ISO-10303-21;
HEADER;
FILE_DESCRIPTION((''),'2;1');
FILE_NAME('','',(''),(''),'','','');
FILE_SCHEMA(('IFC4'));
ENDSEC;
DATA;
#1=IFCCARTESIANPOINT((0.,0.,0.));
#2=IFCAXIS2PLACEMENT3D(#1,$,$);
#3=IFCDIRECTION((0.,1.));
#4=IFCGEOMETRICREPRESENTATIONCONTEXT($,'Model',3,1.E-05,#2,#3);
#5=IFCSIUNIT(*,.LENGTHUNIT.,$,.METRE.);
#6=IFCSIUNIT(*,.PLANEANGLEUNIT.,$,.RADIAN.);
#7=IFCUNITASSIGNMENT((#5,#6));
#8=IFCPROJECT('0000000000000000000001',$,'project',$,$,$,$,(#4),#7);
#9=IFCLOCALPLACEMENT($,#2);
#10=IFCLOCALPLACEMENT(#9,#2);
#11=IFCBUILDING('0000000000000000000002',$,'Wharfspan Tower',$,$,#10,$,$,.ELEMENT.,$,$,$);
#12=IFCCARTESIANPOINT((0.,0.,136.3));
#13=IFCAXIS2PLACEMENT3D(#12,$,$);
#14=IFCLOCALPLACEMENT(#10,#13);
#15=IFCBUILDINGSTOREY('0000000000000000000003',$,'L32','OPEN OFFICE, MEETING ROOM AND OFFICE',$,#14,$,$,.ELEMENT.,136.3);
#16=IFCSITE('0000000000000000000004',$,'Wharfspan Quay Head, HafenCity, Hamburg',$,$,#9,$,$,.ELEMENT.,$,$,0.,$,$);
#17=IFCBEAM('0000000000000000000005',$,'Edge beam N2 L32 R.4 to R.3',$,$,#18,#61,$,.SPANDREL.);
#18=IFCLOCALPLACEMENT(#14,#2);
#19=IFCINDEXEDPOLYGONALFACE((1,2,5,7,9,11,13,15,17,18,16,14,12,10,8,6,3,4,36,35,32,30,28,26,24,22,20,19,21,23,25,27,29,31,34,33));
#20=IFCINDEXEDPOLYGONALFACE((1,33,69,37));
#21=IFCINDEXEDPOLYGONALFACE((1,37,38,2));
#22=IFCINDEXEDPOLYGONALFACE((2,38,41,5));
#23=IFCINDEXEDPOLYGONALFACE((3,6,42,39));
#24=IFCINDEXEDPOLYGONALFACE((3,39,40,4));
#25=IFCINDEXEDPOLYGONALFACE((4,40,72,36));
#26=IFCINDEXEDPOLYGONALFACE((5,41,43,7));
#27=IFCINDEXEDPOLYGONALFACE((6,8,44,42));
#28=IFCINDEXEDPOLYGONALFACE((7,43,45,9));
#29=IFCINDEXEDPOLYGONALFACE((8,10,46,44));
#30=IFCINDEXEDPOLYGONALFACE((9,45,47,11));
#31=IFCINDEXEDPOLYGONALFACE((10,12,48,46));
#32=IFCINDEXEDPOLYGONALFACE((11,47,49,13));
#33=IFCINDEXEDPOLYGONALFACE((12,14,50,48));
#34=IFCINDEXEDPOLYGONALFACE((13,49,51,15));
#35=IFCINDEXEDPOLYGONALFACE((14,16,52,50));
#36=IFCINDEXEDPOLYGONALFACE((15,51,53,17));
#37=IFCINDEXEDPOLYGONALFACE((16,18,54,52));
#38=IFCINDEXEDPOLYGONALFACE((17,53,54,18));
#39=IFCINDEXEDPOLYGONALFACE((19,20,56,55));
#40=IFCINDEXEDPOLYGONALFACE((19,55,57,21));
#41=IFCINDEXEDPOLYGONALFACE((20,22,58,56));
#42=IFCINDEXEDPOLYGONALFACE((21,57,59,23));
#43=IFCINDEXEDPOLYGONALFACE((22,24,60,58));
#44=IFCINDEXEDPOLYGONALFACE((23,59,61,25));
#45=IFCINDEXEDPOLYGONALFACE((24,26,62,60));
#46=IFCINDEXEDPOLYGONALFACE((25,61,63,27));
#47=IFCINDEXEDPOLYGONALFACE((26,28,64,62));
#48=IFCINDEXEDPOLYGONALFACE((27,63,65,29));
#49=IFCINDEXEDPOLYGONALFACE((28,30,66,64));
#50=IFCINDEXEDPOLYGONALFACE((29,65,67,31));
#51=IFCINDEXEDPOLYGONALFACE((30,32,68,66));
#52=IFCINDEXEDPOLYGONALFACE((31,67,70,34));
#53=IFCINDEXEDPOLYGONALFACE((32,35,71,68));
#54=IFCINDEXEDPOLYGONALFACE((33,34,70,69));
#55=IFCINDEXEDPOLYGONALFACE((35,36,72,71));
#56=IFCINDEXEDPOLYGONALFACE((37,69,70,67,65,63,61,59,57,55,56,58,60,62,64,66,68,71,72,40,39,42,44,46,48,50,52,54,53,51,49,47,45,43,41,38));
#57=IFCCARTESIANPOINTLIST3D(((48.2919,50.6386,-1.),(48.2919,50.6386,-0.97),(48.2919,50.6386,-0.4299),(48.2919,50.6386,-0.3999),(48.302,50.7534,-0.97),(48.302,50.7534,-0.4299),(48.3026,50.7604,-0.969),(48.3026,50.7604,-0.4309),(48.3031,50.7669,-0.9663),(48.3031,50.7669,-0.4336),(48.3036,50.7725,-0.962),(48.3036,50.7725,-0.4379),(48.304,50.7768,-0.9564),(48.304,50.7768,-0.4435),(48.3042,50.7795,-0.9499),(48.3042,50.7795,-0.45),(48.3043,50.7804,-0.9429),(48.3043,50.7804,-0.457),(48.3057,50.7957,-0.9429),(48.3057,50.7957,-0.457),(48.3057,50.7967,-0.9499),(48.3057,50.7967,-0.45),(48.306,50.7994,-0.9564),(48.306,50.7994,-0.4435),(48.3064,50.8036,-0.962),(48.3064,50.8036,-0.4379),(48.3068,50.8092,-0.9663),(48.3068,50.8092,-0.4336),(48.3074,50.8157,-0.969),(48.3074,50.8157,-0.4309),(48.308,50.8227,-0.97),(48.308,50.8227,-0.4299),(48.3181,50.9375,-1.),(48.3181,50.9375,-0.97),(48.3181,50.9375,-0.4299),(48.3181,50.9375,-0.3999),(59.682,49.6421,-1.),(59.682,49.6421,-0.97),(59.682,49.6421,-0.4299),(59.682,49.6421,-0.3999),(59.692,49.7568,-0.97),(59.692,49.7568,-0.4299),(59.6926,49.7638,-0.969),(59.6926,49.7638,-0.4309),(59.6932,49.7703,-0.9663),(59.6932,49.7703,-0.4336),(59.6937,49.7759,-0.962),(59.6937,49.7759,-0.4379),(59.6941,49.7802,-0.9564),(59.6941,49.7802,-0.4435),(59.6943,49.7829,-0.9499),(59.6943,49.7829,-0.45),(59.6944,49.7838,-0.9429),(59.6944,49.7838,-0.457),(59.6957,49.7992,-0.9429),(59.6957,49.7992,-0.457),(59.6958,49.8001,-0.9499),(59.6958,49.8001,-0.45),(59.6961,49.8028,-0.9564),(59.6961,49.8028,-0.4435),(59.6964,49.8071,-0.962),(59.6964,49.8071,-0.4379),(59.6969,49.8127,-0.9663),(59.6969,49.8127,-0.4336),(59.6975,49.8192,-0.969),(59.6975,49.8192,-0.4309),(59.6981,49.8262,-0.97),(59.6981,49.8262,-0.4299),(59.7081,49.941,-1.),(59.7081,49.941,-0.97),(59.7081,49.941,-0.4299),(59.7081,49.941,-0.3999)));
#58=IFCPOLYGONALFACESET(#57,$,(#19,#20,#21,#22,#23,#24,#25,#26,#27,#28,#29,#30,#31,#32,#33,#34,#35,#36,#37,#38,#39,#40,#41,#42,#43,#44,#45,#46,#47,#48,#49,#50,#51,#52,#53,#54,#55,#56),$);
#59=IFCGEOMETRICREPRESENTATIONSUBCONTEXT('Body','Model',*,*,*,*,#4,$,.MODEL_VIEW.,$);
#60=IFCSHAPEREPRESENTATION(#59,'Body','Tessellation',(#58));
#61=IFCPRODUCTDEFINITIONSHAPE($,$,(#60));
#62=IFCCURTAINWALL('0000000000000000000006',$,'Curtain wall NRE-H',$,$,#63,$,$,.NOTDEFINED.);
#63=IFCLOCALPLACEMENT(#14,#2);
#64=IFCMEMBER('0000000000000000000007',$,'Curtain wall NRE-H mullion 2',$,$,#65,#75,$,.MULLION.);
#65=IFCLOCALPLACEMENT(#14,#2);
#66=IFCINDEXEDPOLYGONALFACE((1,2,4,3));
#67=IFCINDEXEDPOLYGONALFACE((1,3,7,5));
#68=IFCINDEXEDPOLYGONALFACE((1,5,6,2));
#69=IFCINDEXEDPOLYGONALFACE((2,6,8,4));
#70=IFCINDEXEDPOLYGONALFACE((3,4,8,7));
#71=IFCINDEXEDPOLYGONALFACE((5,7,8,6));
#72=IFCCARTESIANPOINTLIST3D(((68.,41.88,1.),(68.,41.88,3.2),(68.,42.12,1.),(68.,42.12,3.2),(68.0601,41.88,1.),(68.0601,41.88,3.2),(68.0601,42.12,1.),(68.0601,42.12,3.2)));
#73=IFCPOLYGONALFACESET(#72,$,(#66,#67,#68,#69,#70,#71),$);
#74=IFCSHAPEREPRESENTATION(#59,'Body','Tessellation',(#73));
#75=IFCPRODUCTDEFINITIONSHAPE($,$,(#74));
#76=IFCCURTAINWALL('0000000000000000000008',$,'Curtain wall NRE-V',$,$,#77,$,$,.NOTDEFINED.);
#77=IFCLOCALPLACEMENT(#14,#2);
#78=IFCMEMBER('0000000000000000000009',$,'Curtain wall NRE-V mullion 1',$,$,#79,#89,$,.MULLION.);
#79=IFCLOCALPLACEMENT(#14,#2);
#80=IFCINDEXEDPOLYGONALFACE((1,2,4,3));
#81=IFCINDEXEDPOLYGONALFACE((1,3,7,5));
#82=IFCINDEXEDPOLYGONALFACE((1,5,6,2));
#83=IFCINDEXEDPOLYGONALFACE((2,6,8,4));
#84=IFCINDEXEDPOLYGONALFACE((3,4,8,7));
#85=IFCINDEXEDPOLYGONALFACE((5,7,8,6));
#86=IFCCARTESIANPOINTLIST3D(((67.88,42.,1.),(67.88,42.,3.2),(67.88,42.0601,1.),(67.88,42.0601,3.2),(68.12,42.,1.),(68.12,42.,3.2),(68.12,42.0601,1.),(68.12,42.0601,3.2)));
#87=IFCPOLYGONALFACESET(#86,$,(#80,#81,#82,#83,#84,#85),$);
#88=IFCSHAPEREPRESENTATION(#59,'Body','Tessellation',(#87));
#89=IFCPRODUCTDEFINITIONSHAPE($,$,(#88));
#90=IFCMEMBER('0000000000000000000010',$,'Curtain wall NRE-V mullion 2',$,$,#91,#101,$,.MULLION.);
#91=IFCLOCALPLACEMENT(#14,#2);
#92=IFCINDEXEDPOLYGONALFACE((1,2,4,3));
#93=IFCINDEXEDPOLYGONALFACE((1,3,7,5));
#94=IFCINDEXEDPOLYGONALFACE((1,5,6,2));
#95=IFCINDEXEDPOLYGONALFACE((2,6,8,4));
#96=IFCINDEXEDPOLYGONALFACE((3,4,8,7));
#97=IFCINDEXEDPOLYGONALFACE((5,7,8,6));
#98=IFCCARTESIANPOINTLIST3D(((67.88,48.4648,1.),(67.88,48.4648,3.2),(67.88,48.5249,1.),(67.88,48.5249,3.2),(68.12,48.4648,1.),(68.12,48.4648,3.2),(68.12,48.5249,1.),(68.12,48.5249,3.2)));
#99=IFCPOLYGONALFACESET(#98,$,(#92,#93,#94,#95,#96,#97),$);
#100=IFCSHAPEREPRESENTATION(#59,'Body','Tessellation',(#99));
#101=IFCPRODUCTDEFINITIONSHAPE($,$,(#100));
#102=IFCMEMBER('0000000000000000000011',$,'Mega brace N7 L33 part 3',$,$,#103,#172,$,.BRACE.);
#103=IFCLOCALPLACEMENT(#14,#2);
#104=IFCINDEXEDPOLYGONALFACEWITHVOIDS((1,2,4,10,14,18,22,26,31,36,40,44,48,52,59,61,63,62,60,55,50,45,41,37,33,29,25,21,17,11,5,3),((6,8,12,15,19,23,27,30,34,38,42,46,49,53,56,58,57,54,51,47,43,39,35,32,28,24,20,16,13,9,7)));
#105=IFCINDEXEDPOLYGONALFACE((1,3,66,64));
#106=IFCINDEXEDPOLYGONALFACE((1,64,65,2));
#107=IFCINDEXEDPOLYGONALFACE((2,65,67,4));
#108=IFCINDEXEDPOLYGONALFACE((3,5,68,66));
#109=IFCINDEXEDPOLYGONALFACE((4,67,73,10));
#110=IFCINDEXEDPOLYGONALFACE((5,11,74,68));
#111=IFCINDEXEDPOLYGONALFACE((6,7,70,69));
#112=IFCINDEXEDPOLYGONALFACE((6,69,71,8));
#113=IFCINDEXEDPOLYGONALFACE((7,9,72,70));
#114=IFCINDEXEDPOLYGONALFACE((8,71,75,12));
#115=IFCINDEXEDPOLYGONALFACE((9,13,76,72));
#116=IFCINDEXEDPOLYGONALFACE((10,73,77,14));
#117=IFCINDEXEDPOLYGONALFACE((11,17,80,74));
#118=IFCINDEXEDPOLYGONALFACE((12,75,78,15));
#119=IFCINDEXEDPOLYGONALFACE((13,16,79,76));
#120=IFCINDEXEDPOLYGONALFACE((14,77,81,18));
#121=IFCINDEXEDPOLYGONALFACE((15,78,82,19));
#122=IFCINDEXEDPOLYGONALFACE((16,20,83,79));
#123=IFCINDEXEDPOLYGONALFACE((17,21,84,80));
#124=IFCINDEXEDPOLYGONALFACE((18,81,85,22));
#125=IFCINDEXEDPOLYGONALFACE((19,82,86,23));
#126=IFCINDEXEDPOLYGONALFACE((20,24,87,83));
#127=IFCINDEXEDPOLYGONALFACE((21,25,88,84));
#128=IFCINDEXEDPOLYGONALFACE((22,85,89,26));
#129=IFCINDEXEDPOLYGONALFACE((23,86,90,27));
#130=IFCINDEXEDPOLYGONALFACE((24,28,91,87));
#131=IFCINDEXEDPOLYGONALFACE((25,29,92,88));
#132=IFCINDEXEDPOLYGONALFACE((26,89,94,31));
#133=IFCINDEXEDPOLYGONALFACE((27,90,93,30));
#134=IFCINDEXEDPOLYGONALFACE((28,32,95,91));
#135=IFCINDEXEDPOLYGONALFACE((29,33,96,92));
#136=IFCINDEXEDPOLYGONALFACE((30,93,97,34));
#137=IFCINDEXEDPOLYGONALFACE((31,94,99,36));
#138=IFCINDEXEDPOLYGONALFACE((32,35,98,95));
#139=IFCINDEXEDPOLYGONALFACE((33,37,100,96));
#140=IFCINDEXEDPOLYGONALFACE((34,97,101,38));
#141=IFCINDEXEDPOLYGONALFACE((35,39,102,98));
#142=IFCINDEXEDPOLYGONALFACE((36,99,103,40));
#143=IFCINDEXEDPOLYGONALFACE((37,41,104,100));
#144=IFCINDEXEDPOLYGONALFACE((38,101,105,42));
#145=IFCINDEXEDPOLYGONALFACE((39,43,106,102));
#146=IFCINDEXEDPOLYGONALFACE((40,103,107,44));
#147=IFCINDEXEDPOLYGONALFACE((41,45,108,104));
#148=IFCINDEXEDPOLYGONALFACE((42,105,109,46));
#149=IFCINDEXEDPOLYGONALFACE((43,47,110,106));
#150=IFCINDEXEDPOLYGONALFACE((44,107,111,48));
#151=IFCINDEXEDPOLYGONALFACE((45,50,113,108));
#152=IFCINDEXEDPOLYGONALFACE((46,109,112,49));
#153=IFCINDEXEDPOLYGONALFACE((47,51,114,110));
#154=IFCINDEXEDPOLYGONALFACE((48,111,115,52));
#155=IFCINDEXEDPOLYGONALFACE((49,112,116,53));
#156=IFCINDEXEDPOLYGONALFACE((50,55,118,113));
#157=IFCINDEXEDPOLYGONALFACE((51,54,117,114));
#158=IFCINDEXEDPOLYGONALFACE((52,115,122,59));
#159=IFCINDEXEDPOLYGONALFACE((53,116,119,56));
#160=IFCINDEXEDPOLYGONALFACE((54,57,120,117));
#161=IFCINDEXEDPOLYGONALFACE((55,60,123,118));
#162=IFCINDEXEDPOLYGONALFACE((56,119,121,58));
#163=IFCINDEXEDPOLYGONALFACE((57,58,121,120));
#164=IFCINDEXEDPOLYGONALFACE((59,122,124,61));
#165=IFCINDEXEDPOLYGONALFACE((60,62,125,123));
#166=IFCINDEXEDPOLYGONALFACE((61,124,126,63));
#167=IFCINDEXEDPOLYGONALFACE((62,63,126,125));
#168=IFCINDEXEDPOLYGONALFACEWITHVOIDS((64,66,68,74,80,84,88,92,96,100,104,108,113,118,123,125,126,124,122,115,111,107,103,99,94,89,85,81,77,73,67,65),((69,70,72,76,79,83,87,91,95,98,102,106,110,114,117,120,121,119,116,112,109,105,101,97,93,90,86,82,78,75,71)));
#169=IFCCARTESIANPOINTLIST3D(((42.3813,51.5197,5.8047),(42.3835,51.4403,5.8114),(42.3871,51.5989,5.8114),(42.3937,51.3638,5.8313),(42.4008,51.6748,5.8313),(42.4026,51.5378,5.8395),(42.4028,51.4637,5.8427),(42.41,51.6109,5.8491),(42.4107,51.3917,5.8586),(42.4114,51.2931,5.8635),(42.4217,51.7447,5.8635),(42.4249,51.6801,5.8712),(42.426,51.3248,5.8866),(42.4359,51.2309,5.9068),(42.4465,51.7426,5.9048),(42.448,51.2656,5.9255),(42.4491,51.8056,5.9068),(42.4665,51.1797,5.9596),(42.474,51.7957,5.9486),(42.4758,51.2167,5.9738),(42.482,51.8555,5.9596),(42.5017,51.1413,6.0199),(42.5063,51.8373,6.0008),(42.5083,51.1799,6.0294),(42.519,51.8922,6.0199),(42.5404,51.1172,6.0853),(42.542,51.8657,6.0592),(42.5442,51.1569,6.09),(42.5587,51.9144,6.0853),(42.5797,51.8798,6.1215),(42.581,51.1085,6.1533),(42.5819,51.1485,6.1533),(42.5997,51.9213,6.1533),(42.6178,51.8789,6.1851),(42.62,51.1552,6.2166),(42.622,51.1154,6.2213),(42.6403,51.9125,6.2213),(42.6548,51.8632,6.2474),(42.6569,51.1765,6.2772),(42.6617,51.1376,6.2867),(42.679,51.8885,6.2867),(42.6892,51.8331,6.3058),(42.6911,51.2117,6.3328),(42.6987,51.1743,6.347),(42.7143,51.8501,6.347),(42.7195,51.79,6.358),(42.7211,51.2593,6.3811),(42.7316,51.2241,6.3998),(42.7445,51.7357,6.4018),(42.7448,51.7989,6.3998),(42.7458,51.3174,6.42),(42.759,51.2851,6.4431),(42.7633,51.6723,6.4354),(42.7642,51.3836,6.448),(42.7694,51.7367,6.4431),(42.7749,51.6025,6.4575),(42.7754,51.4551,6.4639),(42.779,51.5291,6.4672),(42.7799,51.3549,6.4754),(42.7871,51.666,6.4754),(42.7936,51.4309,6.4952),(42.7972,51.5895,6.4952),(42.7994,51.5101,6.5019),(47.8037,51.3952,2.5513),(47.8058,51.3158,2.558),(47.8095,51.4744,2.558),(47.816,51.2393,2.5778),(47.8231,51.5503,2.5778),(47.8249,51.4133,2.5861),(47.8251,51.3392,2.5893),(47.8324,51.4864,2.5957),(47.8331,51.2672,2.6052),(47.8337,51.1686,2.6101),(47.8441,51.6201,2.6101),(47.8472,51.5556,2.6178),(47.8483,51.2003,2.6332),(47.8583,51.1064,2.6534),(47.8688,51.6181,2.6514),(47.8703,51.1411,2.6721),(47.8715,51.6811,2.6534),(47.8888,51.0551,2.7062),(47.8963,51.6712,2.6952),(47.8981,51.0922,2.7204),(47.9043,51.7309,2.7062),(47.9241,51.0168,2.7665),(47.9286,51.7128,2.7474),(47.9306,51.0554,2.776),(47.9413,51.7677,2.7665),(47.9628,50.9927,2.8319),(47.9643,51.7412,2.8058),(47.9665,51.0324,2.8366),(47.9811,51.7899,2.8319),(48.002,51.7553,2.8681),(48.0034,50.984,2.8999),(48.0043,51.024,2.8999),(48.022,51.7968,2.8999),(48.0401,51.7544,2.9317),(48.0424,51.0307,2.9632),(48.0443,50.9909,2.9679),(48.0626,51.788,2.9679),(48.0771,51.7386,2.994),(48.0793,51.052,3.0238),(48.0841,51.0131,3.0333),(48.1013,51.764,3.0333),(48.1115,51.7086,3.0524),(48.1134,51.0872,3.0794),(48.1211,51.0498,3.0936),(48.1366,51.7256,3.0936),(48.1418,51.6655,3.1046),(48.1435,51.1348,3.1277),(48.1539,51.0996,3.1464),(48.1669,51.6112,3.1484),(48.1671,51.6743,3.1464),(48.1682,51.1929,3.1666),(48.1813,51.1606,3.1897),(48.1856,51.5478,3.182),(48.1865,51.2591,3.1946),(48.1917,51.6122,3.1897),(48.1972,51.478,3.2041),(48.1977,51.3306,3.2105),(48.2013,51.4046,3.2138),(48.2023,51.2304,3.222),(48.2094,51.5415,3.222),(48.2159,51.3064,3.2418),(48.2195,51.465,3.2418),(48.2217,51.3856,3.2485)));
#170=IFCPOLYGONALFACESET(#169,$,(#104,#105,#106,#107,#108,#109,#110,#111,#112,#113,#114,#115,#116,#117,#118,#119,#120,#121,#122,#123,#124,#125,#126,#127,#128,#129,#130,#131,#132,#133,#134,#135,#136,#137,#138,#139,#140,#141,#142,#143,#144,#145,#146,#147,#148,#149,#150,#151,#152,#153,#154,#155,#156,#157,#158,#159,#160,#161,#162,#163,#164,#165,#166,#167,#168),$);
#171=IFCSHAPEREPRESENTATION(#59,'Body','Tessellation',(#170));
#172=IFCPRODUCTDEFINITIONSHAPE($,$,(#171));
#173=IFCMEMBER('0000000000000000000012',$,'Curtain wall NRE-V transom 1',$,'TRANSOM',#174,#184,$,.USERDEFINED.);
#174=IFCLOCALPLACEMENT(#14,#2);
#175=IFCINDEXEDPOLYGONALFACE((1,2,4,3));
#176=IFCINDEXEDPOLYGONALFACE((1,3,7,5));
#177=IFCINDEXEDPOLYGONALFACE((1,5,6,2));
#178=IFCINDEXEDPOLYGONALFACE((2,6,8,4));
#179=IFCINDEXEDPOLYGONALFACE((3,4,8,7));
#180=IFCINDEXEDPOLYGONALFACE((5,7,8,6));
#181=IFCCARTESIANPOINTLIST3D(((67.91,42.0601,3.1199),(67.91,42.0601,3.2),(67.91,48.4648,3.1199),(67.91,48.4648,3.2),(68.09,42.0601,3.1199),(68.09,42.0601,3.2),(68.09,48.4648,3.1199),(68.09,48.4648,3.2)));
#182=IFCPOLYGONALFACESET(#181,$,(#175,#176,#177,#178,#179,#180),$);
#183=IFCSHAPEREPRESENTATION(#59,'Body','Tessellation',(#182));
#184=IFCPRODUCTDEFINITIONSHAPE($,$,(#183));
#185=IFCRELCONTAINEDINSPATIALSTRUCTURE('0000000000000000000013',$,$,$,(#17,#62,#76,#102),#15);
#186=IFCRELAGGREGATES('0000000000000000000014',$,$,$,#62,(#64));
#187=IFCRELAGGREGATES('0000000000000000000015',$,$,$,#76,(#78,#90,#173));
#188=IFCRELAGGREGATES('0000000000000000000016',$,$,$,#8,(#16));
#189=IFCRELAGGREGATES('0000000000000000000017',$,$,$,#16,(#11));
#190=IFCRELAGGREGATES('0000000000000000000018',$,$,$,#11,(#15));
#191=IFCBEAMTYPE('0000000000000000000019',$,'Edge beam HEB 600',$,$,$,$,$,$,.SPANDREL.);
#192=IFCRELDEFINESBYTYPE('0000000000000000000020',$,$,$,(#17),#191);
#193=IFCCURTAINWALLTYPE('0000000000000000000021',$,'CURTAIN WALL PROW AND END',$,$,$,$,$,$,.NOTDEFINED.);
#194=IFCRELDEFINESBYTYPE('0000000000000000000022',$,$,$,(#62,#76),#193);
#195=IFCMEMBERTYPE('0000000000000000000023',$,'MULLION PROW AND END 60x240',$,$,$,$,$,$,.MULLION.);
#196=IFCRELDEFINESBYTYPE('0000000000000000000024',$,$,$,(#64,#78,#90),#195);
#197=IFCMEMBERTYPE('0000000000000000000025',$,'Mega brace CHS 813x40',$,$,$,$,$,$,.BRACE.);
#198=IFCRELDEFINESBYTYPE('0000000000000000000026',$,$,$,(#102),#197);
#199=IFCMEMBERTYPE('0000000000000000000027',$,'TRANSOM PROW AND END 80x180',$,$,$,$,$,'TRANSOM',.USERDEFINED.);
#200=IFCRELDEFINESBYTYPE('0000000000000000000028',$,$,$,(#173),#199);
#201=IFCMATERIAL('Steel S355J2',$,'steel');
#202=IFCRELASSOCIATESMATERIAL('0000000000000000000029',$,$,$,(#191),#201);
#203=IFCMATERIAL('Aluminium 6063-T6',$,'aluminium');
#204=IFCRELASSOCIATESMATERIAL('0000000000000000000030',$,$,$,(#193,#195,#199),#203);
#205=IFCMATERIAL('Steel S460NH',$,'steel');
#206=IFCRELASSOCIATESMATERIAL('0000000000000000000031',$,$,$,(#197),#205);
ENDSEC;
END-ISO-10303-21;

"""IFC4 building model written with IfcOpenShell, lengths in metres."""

from ifc_helpers import new_model, si_unit, direction, frame, origin, origin_2d, place, context, subcontext, project, spatial, rectangle, hollow_circle, i_section, extrude, material, material_profile, profile_set, type_object, element, aggregate, save


model = new_model("IFC4")

# Units and contexts
model_context = context("Model", 3, precision=1e-05, world=origin(), true_north=direction((0.0, 1.0)))
body_context = subcontext(model_context, "Body", "Model", "MODEL_VIEW")
ifc_project = project(units=[si_unit("LENGTHUNIT", "METRE"), si_unit("PLANEANGLEUNIT", "RADIAN")], contexts=[model_context])

# Site, building, storey
site_placement = place(None, origin())
site = spatial("IfcSite", under=ifc_project, at=site_placement, Name="Wharfspan Quay Head, HafenCity, Hamburg", CompositionType="ELEMENT", RefElevation=0.0)
building_placement = place(site_placement, origin())
building = spatial("IfcBuilding", under=site, at=building_placement, Name="Wharfspan Tower", CompositionType="ELEMENT")
storey_placement = place(building_placement, frame((0.0, 0.0, 136.3)))
storey = spatial("IfcBuildingStorey", under=building, at=storey_placement, Name="L32", Description="OPEN OFFICE, MEETING ROOM AND OFFICE", CompositionType="ELEMENT", Elevation=136.3)

# Shared definitions
ifc_material_1 = material(Name="Steel S355J2", Category="steel")

# Beam
ifc_material_profile_1 = material_profile(ifc_material_1, i_section(OverallWidth=0.3, OverallDepth=0.6001, WebThickness=0.0154, FlangeThickness=0.03, FilletRadius=0.0271, at=origin_2d()))
ifc_profile_set_1 = profile_set([ifc_material_profile_1], Name="Steel S355J2")
beam_type = type_object("IfcBeamType", Name="Edge beam HEB 600", PredefinedType="SPANDREL", material=ifc_profile_set_1)
beam_placement = place(storey_placement, frame((59.6951, 49.7915, -0.7), z_axis=(-0.996194, 0.087162, 0.0), x_axis=(-0.087162, -0.996194, 0.0)))
element("IfcBeam", 1, at=beam_placement, inside=storey, type_object=beam_type, Name="Edge beam N2 L32 R.4 to R.3", PredefinedType="SPANDREL", context=body_context, shape_type="SweptSolid", body=[
    extrude(i_section(OverallWidth=0.3, OverallDepth=0.6001, WebThickness=0.0154, FlangeThickness=0.03, FilletRadius=0.0271, at=origin_2d()), origin(), (0.0, 0.0, 1.0), 11.4336),
])

# Curtain wall, member
ifc_material_2 = material(Name="Aluminium 6063-T6", Category="aluminium")
curtain_wall_type = type_object("IfcCurtainWallType", Name="CURTAIN WALL PROW AND END", PredefinedType="NOTDEFINED", material=ifc_material_2)
curtain_wall_1_placement = place(storey_placement, origin())
curtain_wall_1 = element("IfcCurtainWall", 2, at=curtain_wall_1_placement, inside=storey, type_object=curtain_wall_type, Name="Curtain wall NRE-H", PredefinedType="NOTDEFINED")
ifc_material_profile_2 = material_profile(ifc_material_2, rectangle(XDim=0.24, YDim=0.0601, at=origin_2d()))
ifc_profile_set_2 = profile_set([ifc_material_profile_2], Name="Aluminium 6063-T6")
member_type_1 = type_object("IfcMemberType", Name="MULLION PROW AND END 60x240", PredefinedType="MULLION", material=ifc_profile_set_2)
member_1_placement = place(storey_placement, frame((68.03, 42.0, 1.0), z_axis=(0.0, 0.0, 1.0), x_axis=(0.0, -1.0, 0.0)))
member_1 = element("IfcMember", 3, at=member_1_placement, type_object=member_type_1, Name="Curtain wall NRE-H mullion 2", PredefinedType="MULLION", context=body_context, shape_type="SweptSolid", body=[
    extrude(rectangle(XDim=0.24, YDim=0.0601, at=origin_2d()), origin(), (0.0, 0.0, 1.0), 2.2),
])
aggregate(curtain_wall_1, [member_1])

# Curtain wall, members
curtain_wall_2_placement = place(storey_placement, origin())
curtain_wall_2 = element("IfcCurtainWall", 4, at=curtain_wall_2_placement, inside=storey, type_object=curtain_wall_type, Name="Curtain wall NRE-V", PredefinedType="NOTDEFINED")
member_2_placement = place(storey_placement, frame((68.0, 42.03, 1.0), z_axis=(0.0, 0.0, 1.0), x_axis=(-1.0, 0.0, 0.0)))
member_2 = element("IfcMember", 5, at=member_2_placement, type_object=member_type_1, Name="Curtain wall NRE-V mullion 1", PredefinedType="MULLION", context=body_context, shape_type="SweptSolid", body=[
    extrude(rectangle(XDim=0.24, YDim=0.0601, at=origin_2d()), origin(), (0.0, 0.0, 1.0), 2.2),
])
member_3_placement = place(storey_placement, frame((68.0, 48.4949, 1.0), z_axis=(0.0, 0.0, 1.0), x_axis=(-1.0, 0.0, 0.0)))
member_3 = element("IfcMember", 6, at=member_3_placement, type_object=member_type_1, Name="Curtain wall NRE-V mullion 2", PredefinedType="MULLION", context=body_context, shape_type="SweptSolid", body=[
    extrude(rectangle(XDim=0.24, YDim=0.0601, at=origin_2d()), origin(), (0.0, 0.0, 1.0), 2.2),
])

# Members
ifc_material_3 = material(Name="Steel S460NH", Category="steel")
ifc_material_profile_3 = material_profile(ifc_material_3, hollow_circle(Radius=0.4065, WallThickness=0.04, at=origin_2d()))
ifc_profile_set_3 = profile_set([ifc_material_profile_3], Name="Steel S460NH")
member_type_2 = type_object("IfcMemberType", Name="Mega brace CHS 813x40", PredefinedType="BRACE", material=ifc_profile_set_3)
member_4_placement = place(storey_placement, frame((48.0127, 51.3904, 2.8999), z_axis=(-0.857327, 0.019686, 0.514396), x_axis=(-0.022956, -0.999736, 0.0)))
element("IfcMember", 7, at=member_4_placement, inside=storey, type_object=member_type_2, Name="Mega brace N7 L33 part 3", PredefinedType="BRACE", context=body_context, shape_type="SweptSolid", body=[
    extrude(hollow_circle(Radius=0.4065, WallThickness=0.04, at=origin_2d()), origin(), (0.0, 0.0, 1.0), 6.3247),
])
ifc_material_profile_4 = material_profile(ifc_material_2, rectangle(XDim=0.1799, YDim=0.0801, at=origin_2d()))
ifc_profile_set_4 = profile_set([ifc_material_profile_4], Name="Aluminium 6063-T6")
member_type_3 = type_object("IfcMemberType", Name="TRANSOM PROW AND END 80x180", ElementType="TRANSOM", PredefinedType="USERDEFINED", material=ifc_profile_set_4)
member_5_placement = place(storey_placement, frame((68.0, 42.0601, 3.1599), z_axis=(0.0, 1.0, 0.0), x_axis=(-1.0, 0.0, 0.0)))
member_5 = element("IfcMember", 8, at=member_5_placement, type_object=member_type_3, Name="Curtain wall NRE-V transom 1", ObjectType="TRANSOM", PredefinedType="USERDEFINED", context=body_context, shape_type="SweptSolid", body=[
    extrude(rectangle(XDim=0.1799, YDim=0.0801, at=origin_2d()), origin(), (0.0, 0.0, 1.0), 6.4048),
])

aggregate(curtain_wall_2, [member_2, member_3, member_5])

save(model, "model.ifc")
